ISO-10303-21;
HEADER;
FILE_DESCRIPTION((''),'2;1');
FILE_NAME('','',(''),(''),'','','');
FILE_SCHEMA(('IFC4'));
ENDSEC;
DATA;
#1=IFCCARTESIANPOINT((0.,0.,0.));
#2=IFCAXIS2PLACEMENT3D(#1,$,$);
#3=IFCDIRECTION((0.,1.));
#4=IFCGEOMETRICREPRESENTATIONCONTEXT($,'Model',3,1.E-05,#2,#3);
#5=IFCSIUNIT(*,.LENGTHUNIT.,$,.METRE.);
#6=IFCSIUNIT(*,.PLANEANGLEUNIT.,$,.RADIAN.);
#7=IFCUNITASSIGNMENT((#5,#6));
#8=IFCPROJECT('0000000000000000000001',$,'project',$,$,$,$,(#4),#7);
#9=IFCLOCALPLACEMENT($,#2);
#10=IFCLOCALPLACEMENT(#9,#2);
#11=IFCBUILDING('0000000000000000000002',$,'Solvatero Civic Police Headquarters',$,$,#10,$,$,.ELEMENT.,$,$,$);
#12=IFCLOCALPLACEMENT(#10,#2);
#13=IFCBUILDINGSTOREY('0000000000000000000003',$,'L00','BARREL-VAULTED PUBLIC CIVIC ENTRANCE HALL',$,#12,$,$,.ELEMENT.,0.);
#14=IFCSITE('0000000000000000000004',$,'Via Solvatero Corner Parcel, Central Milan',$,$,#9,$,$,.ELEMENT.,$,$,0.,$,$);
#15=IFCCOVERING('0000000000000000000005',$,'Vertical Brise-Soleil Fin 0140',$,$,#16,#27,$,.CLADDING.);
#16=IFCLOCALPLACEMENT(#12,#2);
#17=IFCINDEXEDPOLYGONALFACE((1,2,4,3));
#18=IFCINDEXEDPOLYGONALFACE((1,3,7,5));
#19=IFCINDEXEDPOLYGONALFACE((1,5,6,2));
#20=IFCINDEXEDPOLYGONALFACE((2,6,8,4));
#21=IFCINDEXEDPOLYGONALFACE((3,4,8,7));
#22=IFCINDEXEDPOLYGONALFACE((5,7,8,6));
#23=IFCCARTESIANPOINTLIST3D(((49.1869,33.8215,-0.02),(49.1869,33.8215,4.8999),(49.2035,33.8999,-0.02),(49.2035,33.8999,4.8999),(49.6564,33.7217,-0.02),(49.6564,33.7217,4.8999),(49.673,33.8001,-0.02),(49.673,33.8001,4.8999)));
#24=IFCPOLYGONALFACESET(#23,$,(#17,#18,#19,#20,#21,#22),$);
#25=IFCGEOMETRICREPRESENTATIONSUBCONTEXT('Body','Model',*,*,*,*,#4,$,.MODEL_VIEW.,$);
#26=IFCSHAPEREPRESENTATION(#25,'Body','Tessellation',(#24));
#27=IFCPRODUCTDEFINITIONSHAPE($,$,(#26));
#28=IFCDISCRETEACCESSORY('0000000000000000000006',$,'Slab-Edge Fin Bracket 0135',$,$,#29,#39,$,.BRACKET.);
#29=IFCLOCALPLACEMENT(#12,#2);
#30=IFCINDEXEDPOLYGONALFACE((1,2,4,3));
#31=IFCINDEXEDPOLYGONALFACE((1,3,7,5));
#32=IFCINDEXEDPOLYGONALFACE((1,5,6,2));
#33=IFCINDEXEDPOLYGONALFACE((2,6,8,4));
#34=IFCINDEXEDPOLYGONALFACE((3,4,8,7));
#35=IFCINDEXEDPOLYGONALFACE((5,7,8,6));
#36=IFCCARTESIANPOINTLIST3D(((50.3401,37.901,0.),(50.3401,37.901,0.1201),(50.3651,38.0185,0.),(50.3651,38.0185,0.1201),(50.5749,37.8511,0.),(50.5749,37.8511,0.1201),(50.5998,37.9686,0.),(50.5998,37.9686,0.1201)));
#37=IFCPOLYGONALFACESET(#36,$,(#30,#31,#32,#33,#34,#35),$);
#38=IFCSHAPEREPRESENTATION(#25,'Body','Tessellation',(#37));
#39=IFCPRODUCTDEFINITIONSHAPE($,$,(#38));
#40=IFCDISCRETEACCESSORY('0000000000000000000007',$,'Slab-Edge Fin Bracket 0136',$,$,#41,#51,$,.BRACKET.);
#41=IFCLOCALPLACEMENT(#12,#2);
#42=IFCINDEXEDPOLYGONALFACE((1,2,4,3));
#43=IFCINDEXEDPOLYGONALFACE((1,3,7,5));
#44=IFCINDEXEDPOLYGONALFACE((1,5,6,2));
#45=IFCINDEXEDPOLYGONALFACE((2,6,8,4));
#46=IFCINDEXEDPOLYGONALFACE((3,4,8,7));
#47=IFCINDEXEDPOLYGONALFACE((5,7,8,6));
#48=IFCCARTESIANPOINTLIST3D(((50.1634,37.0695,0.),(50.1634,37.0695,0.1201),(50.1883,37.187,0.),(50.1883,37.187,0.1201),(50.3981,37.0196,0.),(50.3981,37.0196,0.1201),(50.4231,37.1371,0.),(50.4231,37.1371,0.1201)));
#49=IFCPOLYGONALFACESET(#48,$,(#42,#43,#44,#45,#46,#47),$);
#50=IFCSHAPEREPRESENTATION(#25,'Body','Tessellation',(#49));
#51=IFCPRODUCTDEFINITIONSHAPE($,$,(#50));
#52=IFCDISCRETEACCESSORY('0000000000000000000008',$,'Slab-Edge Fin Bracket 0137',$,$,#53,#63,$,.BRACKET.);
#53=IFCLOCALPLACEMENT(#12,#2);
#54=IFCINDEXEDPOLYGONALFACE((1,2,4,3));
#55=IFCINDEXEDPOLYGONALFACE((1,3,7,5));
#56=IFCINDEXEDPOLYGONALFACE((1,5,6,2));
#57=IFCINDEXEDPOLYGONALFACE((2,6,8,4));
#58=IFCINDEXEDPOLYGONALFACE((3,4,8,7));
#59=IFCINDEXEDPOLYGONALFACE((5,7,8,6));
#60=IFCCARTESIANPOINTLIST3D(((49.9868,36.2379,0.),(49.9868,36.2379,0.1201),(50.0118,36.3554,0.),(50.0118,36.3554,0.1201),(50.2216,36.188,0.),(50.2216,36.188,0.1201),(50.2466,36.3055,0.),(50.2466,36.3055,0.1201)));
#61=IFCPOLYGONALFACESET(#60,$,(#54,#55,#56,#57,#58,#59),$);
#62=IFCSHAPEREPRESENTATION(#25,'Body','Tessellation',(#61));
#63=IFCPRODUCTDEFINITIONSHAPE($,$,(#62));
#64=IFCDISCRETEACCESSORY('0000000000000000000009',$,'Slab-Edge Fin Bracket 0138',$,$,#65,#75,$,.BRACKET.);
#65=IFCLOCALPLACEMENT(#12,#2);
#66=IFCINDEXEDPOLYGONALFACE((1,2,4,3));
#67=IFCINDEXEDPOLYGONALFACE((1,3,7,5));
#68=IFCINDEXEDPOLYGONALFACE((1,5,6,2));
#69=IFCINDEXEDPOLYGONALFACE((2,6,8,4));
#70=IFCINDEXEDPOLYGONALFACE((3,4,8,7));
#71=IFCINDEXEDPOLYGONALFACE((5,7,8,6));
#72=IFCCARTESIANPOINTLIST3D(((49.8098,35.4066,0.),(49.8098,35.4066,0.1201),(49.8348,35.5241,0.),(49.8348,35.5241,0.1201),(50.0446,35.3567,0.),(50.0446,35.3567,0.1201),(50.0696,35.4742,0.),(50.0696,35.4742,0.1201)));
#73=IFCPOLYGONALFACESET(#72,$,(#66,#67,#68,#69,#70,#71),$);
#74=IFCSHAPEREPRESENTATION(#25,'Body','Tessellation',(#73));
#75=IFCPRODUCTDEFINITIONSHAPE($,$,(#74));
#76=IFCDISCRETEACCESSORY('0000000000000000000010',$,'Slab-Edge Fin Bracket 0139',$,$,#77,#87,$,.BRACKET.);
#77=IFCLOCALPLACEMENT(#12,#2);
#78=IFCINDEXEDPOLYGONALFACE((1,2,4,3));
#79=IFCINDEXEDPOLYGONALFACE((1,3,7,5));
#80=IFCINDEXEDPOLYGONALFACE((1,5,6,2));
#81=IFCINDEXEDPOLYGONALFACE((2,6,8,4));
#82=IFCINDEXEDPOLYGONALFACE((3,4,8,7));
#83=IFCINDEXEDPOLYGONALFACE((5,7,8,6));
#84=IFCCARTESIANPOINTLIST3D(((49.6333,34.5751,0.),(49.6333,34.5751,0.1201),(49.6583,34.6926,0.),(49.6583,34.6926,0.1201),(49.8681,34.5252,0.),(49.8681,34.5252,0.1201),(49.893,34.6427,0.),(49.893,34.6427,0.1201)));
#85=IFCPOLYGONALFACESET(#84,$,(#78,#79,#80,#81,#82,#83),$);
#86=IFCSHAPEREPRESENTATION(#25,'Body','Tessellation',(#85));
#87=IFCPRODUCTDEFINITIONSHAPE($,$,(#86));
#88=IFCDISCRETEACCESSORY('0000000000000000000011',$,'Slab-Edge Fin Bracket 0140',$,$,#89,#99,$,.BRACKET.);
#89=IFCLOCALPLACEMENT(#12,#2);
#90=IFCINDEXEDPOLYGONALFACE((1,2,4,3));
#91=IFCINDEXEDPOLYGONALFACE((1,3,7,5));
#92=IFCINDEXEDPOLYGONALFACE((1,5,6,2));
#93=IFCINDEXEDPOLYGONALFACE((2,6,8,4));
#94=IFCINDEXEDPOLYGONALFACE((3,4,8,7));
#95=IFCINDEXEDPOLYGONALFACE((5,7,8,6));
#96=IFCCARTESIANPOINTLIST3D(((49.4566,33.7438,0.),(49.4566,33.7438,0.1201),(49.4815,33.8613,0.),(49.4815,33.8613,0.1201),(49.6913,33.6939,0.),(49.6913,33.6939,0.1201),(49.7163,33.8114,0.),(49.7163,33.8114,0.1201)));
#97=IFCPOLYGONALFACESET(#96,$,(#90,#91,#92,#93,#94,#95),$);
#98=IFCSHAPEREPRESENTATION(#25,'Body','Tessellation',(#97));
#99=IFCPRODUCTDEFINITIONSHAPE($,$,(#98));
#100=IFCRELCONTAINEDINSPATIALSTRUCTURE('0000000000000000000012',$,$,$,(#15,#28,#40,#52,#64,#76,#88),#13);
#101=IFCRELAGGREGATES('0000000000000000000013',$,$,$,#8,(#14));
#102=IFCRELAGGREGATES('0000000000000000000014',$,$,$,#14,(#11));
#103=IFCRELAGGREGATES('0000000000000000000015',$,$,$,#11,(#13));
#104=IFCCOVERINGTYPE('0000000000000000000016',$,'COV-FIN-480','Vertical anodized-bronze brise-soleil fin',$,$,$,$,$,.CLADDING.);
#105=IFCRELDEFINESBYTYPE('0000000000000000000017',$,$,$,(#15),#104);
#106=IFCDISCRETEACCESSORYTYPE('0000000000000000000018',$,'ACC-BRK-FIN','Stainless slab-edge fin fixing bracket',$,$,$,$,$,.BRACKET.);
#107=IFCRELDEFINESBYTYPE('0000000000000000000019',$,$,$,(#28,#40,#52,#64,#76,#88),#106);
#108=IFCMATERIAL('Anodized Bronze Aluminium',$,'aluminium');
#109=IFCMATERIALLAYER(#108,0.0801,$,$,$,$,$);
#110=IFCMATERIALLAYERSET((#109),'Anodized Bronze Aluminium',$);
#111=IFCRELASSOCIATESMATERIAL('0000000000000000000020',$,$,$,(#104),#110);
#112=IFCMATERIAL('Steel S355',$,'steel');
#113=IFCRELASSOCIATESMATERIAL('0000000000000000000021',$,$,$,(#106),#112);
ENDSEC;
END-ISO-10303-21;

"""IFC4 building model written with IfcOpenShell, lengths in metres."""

from ifc_helpers import new_model, si_unit, direction, frame, origin, origin_2d, place, context, subcontext, project, spatial, rectangle, extrude, material, layer, layer_set, type_object, element, save


model = new_model("IFC4")

# Units and contexts
model_context = context("Model", 3, precision=1e-05, world=origin(), true_north=direction((0.0, 1.0)))
body_context = subcontext(model_context, "Body", "Model", "MODEL_VIEW")
ifc_project = project(units=[si_unit("LENGTHUNIT", "METRE"), si_unit("PLANEANGLEUNIT", "RADIAN")], contexts=[model_context])

# Site, building, storey
site_placement = place(None, origin())
site = spatial("IfcSite", under=ifc_project, at=site_placement, Name="Via Solvatero Corner Parcel, Central Milan", CompositionType="ELEMENT", RefElevation=0.0)
building_placement = place(site_placement, origin())
building = spatial("IfcBuilding", under=site, at=building_placement, Name="Solvatero Civic Police Headquarters", CompositionType="ELEMENT")
storey_placement = place(building_placement, origin())
storey = spatial("IfcBuildingStorey", under=building, at=storey_placement, Name="L00", Description="BARREL-VAULTED PUBLIC CIVIC ENTRANCE HALL", CompositionType="ELEMENT", Elevation=0.0)

# Shared definitions
ifc_material_1 = material(Name="Steel S355", Category="steel")

# Shared definitions
ifc_material_2 = material(Name="Anodized Bronze Aluminium", Category="aluminium")

# Covering
ifc_layer_1 = layer(ifc_material_2, 0.0801)
ifc_layer_set_1 = layer_set([ifc_layer_1], Name="Anodized Bronze Aluminium")
covering_type = type_object("IfcCoveringType", Name="COV-FIN-480", Description="Vertical anodized-bronze brise-soleil fin", PredefinedType="CLADDING", material=ifc_layer_set_1)
for number, where, z_axis, x_axis, name in (
    (1, (49.4299, 33.8108, -0.02), (0.0, 0.0, 1.0), (-0.207912, -0.978148, 0.0), "Vertical Brise-Soleil Fin 0140"),
):
    element("IfcCovering", number, at=place(storey_placement, frame(where, z_axis=z_axis, x_axis=x_axis)), inside=storey, type_object=covering_type, Name=name, PredefinedType="CLADDING", context=body_context, shape_type="SweptSolid", body=[
        extrude(rectangle(XDim=0.0801, YDim=0.48, at=origin_2d()), origin(), (0.0, 0.0, 1.0), 4.9199),
    ])

# Discrete accessories
discrete_accessory_type = type_object("IfcDiscreteAccessoryType", Name="ACC-BRK-FIN", Description="Stainless slab-edge fin fixing bracket", PredefinedType="BRACKET", material=ifc_material_1)
for number, where, z_axis, x_axis, name in (
    (2, (50.47, 37.9348, 0.0), (0.0, 0.0, 1.0), (-0.207912, -0.978148, 0.0), "Slab-Edge Fin Bracket 0135"),
    (3, (50.2932, 37.1033, 0.0), (0.0, 0.0, 1.0), (-0.207912, -0.978148, 0.0), "Slab-Edge Fin Bracket 0136"),
    (4, (50.1167, 36.2717, 0.0), (0.0, 0.0, 1.0), (-0.207912, -0.978148, 0.0), "Slab-Edge Fin Bracket 0137"),
    (5, (49.9397, 35.4404, 0.0), (0.0, 0.0, 1.0), (-0.207912, -0.978148, 0.0), "Slab-Edge Fin Bracket 0138"),
    (6, (49.7632, 34.6089, 0.0), (0.0, 0.0, 1.0), (-0.207912, -0.978148, 0.0), "Slab-Edge Fin Bracket 0139"),
    (7, (49.5864, 33.7776, 0.0), (0.0, 0.0, 1.0), (-0.207912, -0.978148, 0.0), "Slab-Edge Fin Bracket 0140"),
):
    element("IfcDiscreteAccessory", number, at=place(storey_placement, frame(where, z_axis=z_axis, x_axis=x_axis)), inside=storey, type_object=discrete_accessory_type, Name=name, PredefinedType="BRACKET", context=body_context, shape_type="SweptSolid", body=[
        extrude(rectangle(XDim=0.1201, YDim=0.24, at=origin_2d()), origin(), (0.0, 0.0, 1.0), 0.1201),
    ])

save(model, "model.ifc")
